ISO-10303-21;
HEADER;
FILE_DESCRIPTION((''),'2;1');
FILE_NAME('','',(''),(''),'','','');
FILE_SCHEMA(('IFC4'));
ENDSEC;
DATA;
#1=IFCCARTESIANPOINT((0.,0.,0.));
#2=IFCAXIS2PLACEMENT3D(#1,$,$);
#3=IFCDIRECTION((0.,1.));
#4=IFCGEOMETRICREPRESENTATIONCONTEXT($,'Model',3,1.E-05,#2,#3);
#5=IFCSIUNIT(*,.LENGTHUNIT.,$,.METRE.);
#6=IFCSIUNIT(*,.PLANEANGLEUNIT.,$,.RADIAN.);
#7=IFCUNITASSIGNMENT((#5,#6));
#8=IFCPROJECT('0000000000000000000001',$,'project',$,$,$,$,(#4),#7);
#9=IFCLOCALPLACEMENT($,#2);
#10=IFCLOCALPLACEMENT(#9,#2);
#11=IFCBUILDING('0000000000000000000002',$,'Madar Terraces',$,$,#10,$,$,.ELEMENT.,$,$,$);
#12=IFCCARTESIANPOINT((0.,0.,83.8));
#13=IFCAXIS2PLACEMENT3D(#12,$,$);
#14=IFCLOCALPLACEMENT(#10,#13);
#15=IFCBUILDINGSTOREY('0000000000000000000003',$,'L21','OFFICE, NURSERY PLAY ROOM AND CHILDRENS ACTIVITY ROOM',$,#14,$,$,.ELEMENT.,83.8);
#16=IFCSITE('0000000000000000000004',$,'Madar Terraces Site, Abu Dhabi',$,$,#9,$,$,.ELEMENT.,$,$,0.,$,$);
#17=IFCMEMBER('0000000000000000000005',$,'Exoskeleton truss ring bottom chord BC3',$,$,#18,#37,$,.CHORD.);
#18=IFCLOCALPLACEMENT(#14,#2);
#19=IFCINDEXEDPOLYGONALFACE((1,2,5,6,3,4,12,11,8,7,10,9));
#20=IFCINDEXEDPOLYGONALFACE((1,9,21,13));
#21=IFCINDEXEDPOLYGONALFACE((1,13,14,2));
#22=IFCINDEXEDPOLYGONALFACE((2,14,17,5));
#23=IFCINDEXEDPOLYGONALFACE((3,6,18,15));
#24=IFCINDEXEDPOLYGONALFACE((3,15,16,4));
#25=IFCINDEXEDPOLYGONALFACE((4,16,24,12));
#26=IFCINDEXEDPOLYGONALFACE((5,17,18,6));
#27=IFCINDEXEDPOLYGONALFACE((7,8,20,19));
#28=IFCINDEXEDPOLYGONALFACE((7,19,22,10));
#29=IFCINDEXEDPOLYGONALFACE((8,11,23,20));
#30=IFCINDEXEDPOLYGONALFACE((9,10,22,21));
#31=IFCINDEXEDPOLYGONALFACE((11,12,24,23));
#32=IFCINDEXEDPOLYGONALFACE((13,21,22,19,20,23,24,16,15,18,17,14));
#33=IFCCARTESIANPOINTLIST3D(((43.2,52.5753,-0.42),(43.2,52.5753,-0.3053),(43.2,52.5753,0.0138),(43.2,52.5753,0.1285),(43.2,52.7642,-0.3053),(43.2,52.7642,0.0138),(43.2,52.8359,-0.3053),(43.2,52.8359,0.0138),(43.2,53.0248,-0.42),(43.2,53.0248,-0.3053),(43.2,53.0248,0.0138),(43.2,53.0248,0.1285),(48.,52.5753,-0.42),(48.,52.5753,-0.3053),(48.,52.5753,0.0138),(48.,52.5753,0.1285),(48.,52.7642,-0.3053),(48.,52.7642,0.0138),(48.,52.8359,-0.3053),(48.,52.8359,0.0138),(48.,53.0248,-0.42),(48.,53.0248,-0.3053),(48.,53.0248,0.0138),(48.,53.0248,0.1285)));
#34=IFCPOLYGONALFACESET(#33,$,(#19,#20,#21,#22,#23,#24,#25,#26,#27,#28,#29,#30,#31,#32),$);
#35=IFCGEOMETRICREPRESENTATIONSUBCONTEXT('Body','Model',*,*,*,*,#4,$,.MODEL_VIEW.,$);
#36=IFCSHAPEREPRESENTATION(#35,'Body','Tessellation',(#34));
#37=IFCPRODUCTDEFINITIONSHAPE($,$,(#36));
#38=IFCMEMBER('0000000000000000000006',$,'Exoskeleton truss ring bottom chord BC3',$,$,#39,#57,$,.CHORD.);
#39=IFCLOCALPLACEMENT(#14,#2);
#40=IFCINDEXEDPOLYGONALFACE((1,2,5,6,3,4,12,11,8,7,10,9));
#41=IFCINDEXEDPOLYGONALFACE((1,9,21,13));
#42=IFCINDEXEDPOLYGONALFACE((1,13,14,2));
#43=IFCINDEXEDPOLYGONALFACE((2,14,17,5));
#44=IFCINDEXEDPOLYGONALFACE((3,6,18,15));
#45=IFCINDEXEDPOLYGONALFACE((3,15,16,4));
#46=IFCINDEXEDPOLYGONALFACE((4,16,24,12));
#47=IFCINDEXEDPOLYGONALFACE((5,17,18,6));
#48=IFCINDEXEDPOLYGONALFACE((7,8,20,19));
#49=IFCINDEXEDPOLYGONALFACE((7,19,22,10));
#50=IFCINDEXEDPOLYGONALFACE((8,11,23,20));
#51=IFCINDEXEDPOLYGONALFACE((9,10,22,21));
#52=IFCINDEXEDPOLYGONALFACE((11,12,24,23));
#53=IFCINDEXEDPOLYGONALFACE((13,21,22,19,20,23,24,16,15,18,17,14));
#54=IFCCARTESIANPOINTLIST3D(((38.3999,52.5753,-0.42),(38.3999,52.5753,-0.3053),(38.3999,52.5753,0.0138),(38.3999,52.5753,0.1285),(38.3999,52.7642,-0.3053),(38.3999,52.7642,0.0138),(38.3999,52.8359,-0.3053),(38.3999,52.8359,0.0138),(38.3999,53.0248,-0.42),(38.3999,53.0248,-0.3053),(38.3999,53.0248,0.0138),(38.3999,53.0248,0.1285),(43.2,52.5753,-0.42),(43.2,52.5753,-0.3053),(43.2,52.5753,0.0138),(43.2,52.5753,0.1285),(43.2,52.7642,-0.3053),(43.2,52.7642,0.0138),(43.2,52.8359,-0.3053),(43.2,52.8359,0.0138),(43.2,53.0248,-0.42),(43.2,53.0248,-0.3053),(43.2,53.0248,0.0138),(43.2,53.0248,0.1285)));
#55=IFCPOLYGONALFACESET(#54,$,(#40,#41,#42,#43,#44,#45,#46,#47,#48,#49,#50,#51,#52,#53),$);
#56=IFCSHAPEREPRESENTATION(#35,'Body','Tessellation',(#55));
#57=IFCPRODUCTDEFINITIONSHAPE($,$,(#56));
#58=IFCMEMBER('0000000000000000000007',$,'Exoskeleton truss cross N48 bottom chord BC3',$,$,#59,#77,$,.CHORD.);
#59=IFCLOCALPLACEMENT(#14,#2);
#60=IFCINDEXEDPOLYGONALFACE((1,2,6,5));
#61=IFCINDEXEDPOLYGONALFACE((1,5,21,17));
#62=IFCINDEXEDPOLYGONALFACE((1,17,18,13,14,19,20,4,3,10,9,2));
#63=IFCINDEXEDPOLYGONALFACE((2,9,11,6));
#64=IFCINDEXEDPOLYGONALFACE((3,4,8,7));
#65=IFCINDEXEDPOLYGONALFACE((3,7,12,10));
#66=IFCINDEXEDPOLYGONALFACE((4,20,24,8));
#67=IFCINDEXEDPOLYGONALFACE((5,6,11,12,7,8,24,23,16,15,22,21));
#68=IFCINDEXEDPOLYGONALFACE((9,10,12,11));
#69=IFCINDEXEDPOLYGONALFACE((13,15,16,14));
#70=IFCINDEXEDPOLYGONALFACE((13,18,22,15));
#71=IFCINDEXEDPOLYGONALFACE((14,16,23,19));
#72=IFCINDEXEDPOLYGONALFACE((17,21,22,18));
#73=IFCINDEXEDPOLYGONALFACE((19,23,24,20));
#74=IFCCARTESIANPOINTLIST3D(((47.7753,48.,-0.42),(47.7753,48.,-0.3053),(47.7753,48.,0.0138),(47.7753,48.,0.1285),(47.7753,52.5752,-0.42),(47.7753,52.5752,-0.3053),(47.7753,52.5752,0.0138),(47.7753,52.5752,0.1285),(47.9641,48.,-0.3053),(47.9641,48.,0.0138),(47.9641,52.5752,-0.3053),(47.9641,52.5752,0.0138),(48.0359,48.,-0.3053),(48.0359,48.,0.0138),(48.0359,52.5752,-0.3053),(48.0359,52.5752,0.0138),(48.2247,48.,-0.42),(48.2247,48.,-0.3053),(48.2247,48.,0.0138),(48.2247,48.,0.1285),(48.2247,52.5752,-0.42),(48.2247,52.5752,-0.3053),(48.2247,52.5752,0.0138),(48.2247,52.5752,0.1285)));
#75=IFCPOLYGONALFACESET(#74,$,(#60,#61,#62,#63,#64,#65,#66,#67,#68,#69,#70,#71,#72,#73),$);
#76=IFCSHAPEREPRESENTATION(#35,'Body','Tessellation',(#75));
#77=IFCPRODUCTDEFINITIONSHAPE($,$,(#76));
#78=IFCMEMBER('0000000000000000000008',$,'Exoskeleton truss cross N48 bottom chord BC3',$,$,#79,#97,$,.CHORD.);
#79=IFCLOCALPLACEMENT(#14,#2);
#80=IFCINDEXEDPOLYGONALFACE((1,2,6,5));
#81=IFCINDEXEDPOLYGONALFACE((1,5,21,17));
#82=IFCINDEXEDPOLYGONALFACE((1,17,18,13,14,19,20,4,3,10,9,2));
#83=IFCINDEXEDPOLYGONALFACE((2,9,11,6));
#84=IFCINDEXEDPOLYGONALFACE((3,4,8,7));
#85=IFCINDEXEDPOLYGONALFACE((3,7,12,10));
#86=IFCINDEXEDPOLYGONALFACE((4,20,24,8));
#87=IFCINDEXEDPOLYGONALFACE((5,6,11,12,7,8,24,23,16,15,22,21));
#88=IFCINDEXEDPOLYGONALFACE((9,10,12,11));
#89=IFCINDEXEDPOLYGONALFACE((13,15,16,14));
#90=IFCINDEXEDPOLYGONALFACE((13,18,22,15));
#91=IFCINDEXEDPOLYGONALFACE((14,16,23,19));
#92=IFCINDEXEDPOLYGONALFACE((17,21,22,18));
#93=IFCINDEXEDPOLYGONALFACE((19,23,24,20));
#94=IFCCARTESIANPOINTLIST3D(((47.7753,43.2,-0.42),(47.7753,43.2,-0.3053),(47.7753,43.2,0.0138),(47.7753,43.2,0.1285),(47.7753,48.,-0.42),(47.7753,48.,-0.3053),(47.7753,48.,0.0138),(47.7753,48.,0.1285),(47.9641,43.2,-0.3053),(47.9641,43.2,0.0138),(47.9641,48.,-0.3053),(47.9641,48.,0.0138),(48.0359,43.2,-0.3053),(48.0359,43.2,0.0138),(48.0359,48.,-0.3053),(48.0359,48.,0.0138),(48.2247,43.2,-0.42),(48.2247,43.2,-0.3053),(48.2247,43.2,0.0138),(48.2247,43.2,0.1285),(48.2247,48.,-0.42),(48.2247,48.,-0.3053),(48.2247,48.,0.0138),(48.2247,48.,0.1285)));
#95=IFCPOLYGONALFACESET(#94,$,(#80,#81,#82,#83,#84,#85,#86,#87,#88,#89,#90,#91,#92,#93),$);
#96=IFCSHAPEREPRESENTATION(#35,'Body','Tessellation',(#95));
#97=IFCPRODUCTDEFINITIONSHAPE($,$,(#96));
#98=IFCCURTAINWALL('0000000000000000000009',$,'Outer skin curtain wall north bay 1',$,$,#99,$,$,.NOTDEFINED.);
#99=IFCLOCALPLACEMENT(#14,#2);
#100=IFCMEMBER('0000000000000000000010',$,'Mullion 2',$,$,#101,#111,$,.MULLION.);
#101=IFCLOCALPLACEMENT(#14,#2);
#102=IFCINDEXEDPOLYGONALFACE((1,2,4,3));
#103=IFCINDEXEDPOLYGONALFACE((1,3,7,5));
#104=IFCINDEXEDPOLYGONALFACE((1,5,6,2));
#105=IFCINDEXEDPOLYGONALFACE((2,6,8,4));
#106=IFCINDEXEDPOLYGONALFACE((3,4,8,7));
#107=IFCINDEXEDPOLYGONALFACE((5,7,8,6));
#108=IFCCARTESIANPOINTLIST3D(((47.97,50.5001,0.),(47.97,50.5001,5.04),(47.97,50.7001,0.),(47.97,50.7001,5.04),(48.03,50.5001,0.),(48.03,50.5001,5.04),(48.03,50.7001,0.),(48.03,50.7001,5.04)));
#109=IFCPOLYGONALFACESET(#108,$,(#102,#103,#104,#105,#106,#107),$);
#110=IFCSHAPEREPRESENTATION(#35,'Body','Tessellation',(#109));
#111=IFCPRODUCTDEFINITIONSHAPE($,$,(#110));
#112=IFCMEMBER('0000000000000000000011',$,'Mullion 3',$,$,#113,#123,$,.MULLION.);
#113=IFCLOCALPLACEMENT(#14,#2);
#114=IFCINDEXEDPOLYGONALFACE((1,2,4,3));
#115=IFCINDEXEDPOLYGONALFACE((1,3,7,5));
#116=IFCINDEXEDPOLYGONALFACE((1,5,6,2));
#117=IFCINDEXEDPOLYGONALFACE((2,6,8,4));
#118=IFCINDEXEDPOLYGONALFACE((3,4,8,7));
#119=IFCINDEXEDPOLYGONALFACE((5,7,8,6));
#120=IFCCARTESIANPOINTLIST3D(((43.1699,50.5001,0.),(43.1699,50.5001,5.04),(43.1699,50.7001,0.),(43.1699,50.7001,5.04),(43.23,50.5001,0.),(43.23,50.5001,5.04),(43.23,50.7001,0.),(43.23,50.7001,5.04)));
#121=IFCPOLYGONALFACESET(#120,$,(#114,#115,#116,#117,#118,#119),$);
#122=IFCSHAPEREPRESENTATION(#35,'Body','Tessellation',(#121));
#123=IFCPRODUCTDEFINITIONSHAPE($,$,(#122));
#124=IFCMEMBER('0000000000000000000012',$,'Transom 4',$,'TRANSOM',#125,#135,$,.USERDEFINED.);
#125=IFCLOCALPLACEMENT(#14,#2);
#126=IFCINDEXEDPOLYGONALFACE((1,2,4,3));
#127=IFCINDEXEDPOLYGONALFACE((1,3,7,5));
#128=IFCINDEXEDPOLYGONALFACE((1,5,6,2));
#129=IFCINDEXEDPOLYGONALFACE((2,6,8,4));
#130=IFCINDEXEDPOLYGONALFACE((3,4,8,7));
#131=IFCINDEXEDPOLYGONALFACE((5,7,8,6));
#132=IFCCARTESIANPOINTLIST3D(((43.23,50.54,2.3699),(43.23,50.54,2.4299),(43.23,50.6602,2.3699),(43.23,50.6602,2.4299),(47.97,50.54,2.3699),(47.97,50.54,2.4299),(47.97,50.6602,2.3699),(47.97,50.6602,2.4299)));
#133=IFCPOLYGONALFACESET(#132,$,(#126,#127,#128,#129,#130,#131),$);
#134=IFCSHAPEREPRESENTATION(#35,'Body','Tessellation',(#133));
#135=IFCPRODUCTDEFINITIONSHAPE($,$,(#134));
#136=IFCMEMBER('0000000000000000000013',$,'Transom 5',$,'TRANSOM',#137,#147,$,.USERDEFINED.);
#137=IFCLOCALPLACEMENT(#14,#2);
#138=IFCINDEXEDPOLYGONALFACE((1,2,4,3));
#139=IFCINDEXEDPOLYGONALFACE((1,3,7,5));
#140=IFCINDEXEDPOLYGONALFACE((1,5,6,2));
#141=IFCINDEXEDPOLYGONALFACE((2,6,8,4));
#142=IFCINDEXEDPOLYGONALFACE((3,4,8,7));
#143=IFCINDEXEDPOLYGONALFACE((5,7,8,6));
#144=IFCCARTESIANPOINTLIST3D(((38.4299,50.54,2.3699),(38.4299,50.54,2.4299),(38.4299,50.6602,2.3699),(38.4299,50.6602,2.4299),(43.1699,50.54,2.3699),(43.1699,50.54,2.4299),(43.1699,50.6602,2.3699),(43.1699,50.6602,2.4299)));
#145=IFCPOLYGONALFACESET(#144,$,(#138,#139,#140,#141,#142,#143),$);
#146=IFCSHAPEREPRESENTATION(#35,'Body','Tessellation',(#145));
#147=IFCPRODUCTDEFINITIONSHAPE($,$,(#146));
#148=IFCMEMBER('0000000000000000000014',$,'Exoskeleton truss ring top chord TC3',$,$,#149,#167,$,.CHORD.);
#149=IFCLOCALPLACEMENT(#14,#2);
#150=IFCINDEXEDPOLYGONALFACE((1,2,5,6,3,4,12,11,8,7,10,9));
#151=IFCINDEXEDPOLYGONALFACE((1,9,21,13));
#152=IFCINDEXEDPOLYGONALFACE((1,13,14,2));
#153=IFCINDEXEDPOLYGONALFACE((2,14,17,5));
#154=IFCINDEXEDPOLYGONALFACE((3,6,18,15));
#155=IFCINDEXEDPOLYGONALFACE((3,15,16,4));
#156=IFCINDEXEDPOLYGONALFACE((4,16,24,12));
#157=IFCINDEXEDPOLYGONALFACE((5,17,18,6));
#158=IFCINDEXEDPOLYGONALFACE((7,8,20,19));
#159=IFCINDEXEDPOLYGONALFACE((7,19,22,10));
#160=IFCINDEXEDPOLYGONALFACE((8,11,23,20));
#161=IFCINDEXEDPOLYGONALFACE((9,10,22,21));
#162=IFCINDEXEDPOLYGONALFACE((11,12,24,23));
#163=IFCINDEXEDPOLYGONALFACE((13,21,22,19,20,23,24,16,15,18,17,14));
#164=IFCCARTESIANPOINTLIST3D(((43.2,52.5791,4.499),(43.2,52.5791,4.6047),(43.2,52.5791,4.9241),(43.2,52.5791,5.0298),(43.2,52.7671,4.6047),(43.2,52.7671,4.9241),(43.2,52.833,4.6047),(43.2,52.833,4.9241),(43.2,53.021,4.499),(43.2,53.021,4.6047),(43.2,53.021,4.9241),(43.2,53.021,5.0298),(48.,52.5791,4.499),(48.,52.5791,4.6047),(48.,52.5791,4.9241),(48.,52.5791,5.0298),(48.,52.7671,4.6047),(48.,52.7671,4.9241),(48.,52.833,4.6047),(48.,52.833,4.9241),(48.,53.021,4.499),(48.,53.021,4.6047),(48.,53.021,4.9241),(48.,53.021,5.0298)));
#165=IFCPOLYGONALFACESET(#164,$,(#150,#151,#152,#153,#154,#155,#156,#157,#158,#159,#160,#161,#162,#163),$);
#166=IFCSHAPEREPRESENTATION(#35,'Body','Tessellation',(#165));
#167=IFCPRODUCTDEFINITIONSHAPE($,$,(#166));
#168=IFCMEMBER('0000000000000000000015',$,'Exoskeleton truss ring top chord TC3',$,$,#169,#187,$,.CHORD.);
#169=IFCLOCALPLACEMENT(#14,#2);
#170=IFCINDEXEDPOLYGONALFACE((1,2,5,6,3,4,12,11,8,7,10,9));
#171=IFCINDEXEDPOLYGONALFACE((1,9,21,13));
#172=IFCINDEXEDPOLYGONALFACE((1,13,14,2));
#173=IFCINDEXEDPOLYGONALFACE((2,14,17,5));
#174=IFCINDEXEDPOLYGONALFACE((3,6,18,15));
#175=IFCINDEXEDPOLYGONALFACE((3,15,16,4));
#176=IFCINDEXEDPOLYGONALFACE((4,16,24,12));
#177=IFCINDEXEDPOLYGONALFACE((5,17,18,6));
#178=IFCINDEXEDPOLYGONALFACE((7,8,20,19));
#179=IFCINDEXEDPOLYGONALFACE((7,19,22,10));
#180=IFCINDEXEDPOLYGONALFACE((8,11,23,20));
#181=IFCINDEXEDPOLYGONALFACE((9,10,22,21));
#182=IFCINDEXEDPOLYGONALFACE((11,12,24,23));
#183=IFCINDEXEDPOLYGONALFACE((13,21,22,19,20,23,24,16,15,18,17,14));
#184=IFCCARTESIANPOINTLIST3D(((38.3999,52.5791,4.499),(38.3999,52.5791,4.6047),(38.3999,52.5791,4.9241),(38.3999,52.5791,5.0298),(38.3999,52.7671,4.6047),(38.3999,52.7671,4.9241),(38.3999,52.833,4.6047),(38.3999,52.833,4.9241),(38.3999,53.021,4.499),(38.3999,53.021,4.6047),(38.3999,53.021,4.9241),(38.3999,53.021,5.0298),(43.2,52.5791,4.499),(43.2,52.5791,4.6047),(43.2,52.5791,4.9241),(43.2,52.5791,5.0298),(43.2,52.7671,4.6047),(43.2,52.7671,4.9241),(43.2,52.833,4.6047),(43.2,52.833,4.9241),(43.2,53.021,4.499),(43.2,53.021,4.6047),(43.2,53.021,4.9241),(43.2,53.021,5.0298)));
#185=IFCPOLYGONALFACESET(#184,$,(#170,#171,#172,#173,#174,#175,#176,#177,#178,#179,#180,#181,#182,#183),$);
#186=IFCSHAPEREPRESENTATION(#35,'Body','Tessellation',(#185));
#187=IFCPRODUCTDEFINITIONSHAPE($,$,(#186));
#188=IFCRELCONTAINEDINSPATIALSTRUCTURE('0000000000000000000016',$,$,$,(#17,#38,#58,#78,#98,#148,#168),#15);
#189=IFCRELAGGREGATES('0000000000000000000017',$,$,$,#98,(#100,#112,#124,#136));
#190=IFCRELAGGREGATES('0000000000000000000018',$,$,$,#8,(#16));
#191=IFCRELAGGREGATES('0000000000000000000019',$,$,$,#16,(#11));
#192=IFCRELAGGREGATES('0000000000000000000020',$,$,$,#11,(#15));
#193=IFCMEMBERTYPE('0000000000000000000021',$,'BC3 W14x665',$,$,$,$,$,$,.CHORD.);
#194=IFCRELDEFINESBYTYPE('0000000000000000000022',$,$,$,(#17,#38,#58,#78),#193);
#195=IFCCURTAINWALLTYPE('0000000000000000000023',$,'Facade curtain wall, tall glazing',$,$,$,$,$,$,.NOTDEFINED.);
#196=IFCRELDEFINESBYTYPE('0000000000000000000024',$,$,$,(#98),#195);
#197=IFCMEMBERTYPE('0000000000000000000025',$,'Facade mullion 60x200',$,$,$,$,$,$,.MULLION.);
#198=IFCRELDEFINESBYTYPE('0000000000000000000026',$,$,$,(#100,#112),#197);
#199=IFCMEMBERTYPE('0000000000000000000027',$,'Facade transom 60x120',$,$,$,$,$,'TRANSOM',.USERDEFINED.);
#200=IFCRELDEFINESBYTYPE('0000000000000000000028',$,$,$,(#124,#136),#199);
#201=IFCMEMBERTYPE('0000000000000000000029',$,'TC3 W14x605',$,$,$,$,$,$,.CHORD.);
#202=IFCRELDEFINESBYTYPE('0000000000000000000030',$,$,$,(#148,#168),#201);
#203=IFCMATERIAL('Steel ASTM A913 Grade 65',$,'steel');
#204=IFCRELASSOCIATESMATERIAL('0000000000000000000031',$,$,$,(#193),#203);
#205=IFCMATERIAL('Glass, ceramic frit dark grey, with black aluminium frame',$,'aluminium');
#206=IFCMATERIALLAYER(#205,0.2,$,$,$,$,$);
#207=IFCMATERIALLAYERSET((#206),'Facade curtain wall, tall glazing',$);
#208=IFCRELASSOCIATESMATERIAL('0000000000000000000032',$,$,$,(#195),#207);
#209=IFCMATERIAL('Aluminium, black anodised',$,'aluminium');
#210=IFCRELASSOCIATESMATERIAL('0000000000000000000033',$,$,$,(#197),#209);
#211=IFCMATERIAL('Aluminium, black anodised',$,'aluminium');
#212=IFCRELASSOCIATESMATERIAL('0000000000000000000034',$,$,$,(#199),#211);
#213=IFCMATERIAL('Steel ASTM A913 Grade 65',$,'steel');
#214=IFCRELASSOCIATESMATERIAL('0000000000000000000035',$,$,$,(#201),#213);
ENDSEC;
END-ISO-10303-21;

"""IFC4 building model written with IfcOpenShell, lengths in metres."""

from ifc_helpers import new_model, si_unit, direction, frame, origin, origin_2d, place, context, subcontext, project, spatial, rectangle, i_section, extrude, material, layer, layer_set, material_profile, profile_set, type_object, element, aggregate, save


model = new_model("IFC4")

# Units and contexts
model_context = context("Model", 3, precision=1e-05, world=origin(), true_north=direction((0.0, 1.0)))
body_context = subcontext(model_context, "Body", "Model", "MODEL_VIEW")
ifc_project = project(units=[si_unit("LENGTHUNIT", "METRE"), si_unit("PLANEANGLEUNIT", "RADIAN")], contexts=[model_context])

# Site, building, storey
site_placement = place(None, origin())
site = spatial("IfcSite", under=ifc_project, at=site_placement, Name="Madar Terraces Site, Abu Dhabi", CompositionType="ELEMENT", RefElevation=0.0)
building_placement = place(site_placement, origin())
building = spatial("IfcBuilding", under=site, at=building_placement, Name="Madar Terraces", CompositionType="ELEMENT")
storey_placement = place(building_placement, frame((0.0, 0.0, 83.8)))
storey = spatial("IfcBuildingStorey", under=building, at=storey_placement, Name="L21", Description="OFFICE, NURSERY PLAY ROOM AND CHILDRENS ACTIVITY ROOM", CompositionType="ELEMENT", Elevation=83.8)

# Members
ifc_material_1 = material(Name="Steel ASTM A913 Grade 65", Category="steel")
ifc_material_profile_1 = material_profile(ifc_material_1, i_section(OverallWidth=0.4495, OverallDepth=0.5486, WebThickness=0.0718, FlangeThickness=0.1147, at=origin_2d()), Name="W14x665")
ifc_profile_set_1 = profile_set([ifc_material_profile_1], Name="Steel ASTM A913 Grade 65")
member_type_1 = type_object("IfcMemberType", Name="BC3 W14x665", PredefinedType="CHORD", material=ifc_profile_set_1)
for number, where, z_axis, x_axis, name in (
    (1, (48.0, 52.8, -0.1458), (-1.0, 0.0, 0.0), (0.0, -1.0, 0.0), "Exoskeleton truss ring bottom chord BC3"),
    (2, (43.2, 52.8, -0.1458), (-1.0, 0.0, 0.0), (0.0, -1.0, 0.0), "Exoskeleton truss ring bottom chord BC3"),
):
    element("IfcMember", number, at=place(storey_placement, frame(where, z_axis=z_axis, x_axis=x_axis)), inside=storey, type_object=member_type_1, Name=name, PredefinedType="CHORD", context=body_context, shape_type="SweptSolid", body=[
        extrude(i_section(OverallWidth=0.4495, OverallDepth=0.5486, WebThickness=0.0718, FlangeThickness=0.1147, at=origin_2d()), origin(), (0.0, 0.0, 1.0), 4.8),
    ])
member_1_placement = place(storey_placement, frame((48.0, 52.5752, -0.1458), z_axis=(0.0, -1.0, 0.0), x_axis=(1.0, 0.0, 0.0)))
element("IfcMember", 3, at=member_1_placement, inside=storey, type_object=member_type_1, Name="Exoskeleton truss cross N48 bottom chord BC3", PredefinedType="CHORD", context=body_context, shape_type="SweptSolid", body=[
    extrude(i_section(OverallWidth=0.4495, OverallDepth=0.5486, WebThickness=0.0718, FlangeThickness=0.1147, at=origin_2d()), origin(), (0.0, 0.0, 1.0), 4.5752),
])
member_2_placement = place(storey_placement, frame((48.0, 48.0, -0.1458), z_axis=(0.0, -1.0, 0.0), x_axis=(1.0, 0.0, 0.0)))
element("IfcMember", 4, at=member_2_placement, inside=storey, type_object=member_type_1, Name="Exoskeleton truss cross N48 bottom chord BC3", PredefinedType="CHORD", context=body_context, shape_type="SweptSolid", body=[
    extrude(i_section(OverallWidth=0.4495, OverallDepth=0.5486, WebThickness=0.0718, FlangeThickness=0.1147, at=origin_2d()), origin(), (0.0, 0.0, 1.0), 4.8),
])

# Curtain wall, members
ifc_material_2 = material(Name="Glass, ceramic frit dark grey, with black aluminium frame", Category="aluminium")
ifc_layer_1 = layer(ifc_material_2, 0.2)
ifc_layer_set_1 = layer_set([ifc_layer_1], Name="Facade curtain wall, tall glazing")
curtain_wall_type = type_object("IfcCurtainWallType", Name="Facade curtain wall, tall glazing", PredefinedType="NOTDEFINED", material=ifc_layer_set_1)
curtain_wall_placement = place(storey_placement, origin())
curtain_wall = element("IfcCurtainWall", 5, at=curtain_wall_placement, inside=storey, type_object=curtain_wall_type, Name="Outer skin curtain wall north bay 1", PredefinedType="NOTDEFINED")
ifc_material_3 = material(Name="Aluminium, black anodised", Category="aluminium")
ifc_material_profile_2 = material_profile(ifc_material_3, rectangle(XDim=0.2, YDim=0.0601, at=origin_2d()), Name="Facade mullion 60x200")
ifc_profile_set_2 = profile_set([ifc_material_profile_2], Name="Aluminium, black anodised")
member_type_2 = type_object("IfcMemberType", Name="Facade mullion 60x200", PredefinedType="MULLION", material=ifc_profile_set_2)
member_3_placement = place(storey_placement, frame((48.0, 50.6001, 0.0), z_axis=(0.0, 0.0, 1.0), x_axis=(0.0, -1.0, 0.0)))
member_3 = element("IfcMember", 6, at=member_3_placement, type_object=member_type_2, Name="Mullion 2", PredefinedType="MULLION", context=body_context, shape_type="SweptSolid", body=[
    extrude(rectangle(XDim=0.2, YDim=0.0601, at=origin_2d()), origin(), (0.0, 0.0, 1.0), 5.04),
])
member_4_placement = place(storey_placement, frame((43.2, 50.6001, 0.0), z_axis=(0.0, 0.0, 1.0), x_axis=(0.0, -1.0, 0.0)))
member_4 = element("IfcMember", 7, at=member_4_placement, type_object=member_type_2, Name="Mullion 3", PredefinedType="MULLION", context=body_context, shape_type="SweptSolid", body=[
    extrude(rectangle(XDim=0.2, YDim=0.0601, at=origin_2d()), origin(), (0.0, 0.0, 1.0), 5.04),
])
ifc_material_4 = material(Name="Aluminium, black anodised", Category="aluminium")
ifc_material_profile_3 = material_profile(ifc_material_4, rectangle(XDim=0.1201, YDim=0.0601, at=origin_2d()), Name="Facade transom 60x120")
ifc_profile_set_3 = profile_set([ifc_material_profile_3], Name="Aluminium, black anodised")
member_type_3 = type_object("IfcMemberType", Name="Facade transom 60x120", ElementType="TRANSOM", PredefinedType="USERDEFINED", material=ifc_profile_set_3)
member_5_placement = place(storey_placement, frame((47.97, 50.6001, 2.3999), z_axis=(-1.0, 0.0, 0.0), x_axis=(0.0, -1.0, 0.0)))
member_5 = element("IfcMember", 8, at=member_5_placement, type_object=member_type_3, Name="Transom 4", ObjectType="TRANSOM", PredefinedType="USERDEFINED", context=body_context, shape_type="SweptSolid", body=[
    extrude(rectangle(XDim=0.1201, YDim=0.0601, at=origin_2d()), origin(), (0.0, 0.0, 1.0), 4.74),
])
member_6_placement = place(storey_placement, frame((43.1699, 50.6001, 2.3999), z_axis=(-1.0, 0.0, 0.0), x_axis=(0.0, -1.0, 0.0)))
member_6 = element("IfcMember", 9, at=member_6_placement, type_object=member_type_3, Name="Transom 5", ObjectType="TRANSOM", PredefinedType="USERDEFINED", context=body_context, shape_type="SweptSolid", body=[
    extrude(rectangle(XDim=0.1201, YDim=0.0601, at=origin_2d()), origin(), (0.0, 0.0, 1.0), 4.74),
])

# Members
ifc_material_5 = material(Name="Steel ASTM A913 Grade 65", Category="steel")
ifc_material_profile_4 = material_profile(ifc_material_5, i_section(OverallWidth=0.4419, OverallDepth=0.5308, WebThickness=0.0659, FlangeThickness=0.1057, at=origin_2d()), Name="W14x605")
ifc_profile_set_4 = profile_set([ifc_material_profile_4], Name="Steel ASTM A913 Grade 65")
member_type_4 = type_object("IfcMemberType", Name="TC3 W14x605", PredefinedType="CHORD", material=ifc_profile_set_4)
for number, where, z_axis, x_axis, name in (
    (10, (48.0, 52.8, 4.7644), (-1.0, 0.0, 0.0), (0.0, -1.0, 0.0), "Exoskeleton truss ring top chord TC3"),
    (11, (43.2, 52.8, 4.7644), (-1.0, 0.0, 0.0), (0.0, -1.0, 0.0), "Exoskeleton truss ring top chord TC3"),
):
    element("IfcMember", number, at=place(storey_placement, frame(where, z_axis=z_axis, x_axis=x_axis)), inside=storey, type_object=member_type_4, Name=name, PredefinedType="CHORD", context=body_context, shape_type="SweptSolid", body=[
        extrude(i_section(OverallWidth=0.4419, OverallDepth=0.5308, WebThickness=0.0659, FlangeThickness=0.1057, at=origin_2d()), origin(), (0.0, 0.0, 1.0), 4.8),
    ])

aggregate(curtain_wall, [member_3, member_4, member_5, member_6])

save(model, "model.ifc")
